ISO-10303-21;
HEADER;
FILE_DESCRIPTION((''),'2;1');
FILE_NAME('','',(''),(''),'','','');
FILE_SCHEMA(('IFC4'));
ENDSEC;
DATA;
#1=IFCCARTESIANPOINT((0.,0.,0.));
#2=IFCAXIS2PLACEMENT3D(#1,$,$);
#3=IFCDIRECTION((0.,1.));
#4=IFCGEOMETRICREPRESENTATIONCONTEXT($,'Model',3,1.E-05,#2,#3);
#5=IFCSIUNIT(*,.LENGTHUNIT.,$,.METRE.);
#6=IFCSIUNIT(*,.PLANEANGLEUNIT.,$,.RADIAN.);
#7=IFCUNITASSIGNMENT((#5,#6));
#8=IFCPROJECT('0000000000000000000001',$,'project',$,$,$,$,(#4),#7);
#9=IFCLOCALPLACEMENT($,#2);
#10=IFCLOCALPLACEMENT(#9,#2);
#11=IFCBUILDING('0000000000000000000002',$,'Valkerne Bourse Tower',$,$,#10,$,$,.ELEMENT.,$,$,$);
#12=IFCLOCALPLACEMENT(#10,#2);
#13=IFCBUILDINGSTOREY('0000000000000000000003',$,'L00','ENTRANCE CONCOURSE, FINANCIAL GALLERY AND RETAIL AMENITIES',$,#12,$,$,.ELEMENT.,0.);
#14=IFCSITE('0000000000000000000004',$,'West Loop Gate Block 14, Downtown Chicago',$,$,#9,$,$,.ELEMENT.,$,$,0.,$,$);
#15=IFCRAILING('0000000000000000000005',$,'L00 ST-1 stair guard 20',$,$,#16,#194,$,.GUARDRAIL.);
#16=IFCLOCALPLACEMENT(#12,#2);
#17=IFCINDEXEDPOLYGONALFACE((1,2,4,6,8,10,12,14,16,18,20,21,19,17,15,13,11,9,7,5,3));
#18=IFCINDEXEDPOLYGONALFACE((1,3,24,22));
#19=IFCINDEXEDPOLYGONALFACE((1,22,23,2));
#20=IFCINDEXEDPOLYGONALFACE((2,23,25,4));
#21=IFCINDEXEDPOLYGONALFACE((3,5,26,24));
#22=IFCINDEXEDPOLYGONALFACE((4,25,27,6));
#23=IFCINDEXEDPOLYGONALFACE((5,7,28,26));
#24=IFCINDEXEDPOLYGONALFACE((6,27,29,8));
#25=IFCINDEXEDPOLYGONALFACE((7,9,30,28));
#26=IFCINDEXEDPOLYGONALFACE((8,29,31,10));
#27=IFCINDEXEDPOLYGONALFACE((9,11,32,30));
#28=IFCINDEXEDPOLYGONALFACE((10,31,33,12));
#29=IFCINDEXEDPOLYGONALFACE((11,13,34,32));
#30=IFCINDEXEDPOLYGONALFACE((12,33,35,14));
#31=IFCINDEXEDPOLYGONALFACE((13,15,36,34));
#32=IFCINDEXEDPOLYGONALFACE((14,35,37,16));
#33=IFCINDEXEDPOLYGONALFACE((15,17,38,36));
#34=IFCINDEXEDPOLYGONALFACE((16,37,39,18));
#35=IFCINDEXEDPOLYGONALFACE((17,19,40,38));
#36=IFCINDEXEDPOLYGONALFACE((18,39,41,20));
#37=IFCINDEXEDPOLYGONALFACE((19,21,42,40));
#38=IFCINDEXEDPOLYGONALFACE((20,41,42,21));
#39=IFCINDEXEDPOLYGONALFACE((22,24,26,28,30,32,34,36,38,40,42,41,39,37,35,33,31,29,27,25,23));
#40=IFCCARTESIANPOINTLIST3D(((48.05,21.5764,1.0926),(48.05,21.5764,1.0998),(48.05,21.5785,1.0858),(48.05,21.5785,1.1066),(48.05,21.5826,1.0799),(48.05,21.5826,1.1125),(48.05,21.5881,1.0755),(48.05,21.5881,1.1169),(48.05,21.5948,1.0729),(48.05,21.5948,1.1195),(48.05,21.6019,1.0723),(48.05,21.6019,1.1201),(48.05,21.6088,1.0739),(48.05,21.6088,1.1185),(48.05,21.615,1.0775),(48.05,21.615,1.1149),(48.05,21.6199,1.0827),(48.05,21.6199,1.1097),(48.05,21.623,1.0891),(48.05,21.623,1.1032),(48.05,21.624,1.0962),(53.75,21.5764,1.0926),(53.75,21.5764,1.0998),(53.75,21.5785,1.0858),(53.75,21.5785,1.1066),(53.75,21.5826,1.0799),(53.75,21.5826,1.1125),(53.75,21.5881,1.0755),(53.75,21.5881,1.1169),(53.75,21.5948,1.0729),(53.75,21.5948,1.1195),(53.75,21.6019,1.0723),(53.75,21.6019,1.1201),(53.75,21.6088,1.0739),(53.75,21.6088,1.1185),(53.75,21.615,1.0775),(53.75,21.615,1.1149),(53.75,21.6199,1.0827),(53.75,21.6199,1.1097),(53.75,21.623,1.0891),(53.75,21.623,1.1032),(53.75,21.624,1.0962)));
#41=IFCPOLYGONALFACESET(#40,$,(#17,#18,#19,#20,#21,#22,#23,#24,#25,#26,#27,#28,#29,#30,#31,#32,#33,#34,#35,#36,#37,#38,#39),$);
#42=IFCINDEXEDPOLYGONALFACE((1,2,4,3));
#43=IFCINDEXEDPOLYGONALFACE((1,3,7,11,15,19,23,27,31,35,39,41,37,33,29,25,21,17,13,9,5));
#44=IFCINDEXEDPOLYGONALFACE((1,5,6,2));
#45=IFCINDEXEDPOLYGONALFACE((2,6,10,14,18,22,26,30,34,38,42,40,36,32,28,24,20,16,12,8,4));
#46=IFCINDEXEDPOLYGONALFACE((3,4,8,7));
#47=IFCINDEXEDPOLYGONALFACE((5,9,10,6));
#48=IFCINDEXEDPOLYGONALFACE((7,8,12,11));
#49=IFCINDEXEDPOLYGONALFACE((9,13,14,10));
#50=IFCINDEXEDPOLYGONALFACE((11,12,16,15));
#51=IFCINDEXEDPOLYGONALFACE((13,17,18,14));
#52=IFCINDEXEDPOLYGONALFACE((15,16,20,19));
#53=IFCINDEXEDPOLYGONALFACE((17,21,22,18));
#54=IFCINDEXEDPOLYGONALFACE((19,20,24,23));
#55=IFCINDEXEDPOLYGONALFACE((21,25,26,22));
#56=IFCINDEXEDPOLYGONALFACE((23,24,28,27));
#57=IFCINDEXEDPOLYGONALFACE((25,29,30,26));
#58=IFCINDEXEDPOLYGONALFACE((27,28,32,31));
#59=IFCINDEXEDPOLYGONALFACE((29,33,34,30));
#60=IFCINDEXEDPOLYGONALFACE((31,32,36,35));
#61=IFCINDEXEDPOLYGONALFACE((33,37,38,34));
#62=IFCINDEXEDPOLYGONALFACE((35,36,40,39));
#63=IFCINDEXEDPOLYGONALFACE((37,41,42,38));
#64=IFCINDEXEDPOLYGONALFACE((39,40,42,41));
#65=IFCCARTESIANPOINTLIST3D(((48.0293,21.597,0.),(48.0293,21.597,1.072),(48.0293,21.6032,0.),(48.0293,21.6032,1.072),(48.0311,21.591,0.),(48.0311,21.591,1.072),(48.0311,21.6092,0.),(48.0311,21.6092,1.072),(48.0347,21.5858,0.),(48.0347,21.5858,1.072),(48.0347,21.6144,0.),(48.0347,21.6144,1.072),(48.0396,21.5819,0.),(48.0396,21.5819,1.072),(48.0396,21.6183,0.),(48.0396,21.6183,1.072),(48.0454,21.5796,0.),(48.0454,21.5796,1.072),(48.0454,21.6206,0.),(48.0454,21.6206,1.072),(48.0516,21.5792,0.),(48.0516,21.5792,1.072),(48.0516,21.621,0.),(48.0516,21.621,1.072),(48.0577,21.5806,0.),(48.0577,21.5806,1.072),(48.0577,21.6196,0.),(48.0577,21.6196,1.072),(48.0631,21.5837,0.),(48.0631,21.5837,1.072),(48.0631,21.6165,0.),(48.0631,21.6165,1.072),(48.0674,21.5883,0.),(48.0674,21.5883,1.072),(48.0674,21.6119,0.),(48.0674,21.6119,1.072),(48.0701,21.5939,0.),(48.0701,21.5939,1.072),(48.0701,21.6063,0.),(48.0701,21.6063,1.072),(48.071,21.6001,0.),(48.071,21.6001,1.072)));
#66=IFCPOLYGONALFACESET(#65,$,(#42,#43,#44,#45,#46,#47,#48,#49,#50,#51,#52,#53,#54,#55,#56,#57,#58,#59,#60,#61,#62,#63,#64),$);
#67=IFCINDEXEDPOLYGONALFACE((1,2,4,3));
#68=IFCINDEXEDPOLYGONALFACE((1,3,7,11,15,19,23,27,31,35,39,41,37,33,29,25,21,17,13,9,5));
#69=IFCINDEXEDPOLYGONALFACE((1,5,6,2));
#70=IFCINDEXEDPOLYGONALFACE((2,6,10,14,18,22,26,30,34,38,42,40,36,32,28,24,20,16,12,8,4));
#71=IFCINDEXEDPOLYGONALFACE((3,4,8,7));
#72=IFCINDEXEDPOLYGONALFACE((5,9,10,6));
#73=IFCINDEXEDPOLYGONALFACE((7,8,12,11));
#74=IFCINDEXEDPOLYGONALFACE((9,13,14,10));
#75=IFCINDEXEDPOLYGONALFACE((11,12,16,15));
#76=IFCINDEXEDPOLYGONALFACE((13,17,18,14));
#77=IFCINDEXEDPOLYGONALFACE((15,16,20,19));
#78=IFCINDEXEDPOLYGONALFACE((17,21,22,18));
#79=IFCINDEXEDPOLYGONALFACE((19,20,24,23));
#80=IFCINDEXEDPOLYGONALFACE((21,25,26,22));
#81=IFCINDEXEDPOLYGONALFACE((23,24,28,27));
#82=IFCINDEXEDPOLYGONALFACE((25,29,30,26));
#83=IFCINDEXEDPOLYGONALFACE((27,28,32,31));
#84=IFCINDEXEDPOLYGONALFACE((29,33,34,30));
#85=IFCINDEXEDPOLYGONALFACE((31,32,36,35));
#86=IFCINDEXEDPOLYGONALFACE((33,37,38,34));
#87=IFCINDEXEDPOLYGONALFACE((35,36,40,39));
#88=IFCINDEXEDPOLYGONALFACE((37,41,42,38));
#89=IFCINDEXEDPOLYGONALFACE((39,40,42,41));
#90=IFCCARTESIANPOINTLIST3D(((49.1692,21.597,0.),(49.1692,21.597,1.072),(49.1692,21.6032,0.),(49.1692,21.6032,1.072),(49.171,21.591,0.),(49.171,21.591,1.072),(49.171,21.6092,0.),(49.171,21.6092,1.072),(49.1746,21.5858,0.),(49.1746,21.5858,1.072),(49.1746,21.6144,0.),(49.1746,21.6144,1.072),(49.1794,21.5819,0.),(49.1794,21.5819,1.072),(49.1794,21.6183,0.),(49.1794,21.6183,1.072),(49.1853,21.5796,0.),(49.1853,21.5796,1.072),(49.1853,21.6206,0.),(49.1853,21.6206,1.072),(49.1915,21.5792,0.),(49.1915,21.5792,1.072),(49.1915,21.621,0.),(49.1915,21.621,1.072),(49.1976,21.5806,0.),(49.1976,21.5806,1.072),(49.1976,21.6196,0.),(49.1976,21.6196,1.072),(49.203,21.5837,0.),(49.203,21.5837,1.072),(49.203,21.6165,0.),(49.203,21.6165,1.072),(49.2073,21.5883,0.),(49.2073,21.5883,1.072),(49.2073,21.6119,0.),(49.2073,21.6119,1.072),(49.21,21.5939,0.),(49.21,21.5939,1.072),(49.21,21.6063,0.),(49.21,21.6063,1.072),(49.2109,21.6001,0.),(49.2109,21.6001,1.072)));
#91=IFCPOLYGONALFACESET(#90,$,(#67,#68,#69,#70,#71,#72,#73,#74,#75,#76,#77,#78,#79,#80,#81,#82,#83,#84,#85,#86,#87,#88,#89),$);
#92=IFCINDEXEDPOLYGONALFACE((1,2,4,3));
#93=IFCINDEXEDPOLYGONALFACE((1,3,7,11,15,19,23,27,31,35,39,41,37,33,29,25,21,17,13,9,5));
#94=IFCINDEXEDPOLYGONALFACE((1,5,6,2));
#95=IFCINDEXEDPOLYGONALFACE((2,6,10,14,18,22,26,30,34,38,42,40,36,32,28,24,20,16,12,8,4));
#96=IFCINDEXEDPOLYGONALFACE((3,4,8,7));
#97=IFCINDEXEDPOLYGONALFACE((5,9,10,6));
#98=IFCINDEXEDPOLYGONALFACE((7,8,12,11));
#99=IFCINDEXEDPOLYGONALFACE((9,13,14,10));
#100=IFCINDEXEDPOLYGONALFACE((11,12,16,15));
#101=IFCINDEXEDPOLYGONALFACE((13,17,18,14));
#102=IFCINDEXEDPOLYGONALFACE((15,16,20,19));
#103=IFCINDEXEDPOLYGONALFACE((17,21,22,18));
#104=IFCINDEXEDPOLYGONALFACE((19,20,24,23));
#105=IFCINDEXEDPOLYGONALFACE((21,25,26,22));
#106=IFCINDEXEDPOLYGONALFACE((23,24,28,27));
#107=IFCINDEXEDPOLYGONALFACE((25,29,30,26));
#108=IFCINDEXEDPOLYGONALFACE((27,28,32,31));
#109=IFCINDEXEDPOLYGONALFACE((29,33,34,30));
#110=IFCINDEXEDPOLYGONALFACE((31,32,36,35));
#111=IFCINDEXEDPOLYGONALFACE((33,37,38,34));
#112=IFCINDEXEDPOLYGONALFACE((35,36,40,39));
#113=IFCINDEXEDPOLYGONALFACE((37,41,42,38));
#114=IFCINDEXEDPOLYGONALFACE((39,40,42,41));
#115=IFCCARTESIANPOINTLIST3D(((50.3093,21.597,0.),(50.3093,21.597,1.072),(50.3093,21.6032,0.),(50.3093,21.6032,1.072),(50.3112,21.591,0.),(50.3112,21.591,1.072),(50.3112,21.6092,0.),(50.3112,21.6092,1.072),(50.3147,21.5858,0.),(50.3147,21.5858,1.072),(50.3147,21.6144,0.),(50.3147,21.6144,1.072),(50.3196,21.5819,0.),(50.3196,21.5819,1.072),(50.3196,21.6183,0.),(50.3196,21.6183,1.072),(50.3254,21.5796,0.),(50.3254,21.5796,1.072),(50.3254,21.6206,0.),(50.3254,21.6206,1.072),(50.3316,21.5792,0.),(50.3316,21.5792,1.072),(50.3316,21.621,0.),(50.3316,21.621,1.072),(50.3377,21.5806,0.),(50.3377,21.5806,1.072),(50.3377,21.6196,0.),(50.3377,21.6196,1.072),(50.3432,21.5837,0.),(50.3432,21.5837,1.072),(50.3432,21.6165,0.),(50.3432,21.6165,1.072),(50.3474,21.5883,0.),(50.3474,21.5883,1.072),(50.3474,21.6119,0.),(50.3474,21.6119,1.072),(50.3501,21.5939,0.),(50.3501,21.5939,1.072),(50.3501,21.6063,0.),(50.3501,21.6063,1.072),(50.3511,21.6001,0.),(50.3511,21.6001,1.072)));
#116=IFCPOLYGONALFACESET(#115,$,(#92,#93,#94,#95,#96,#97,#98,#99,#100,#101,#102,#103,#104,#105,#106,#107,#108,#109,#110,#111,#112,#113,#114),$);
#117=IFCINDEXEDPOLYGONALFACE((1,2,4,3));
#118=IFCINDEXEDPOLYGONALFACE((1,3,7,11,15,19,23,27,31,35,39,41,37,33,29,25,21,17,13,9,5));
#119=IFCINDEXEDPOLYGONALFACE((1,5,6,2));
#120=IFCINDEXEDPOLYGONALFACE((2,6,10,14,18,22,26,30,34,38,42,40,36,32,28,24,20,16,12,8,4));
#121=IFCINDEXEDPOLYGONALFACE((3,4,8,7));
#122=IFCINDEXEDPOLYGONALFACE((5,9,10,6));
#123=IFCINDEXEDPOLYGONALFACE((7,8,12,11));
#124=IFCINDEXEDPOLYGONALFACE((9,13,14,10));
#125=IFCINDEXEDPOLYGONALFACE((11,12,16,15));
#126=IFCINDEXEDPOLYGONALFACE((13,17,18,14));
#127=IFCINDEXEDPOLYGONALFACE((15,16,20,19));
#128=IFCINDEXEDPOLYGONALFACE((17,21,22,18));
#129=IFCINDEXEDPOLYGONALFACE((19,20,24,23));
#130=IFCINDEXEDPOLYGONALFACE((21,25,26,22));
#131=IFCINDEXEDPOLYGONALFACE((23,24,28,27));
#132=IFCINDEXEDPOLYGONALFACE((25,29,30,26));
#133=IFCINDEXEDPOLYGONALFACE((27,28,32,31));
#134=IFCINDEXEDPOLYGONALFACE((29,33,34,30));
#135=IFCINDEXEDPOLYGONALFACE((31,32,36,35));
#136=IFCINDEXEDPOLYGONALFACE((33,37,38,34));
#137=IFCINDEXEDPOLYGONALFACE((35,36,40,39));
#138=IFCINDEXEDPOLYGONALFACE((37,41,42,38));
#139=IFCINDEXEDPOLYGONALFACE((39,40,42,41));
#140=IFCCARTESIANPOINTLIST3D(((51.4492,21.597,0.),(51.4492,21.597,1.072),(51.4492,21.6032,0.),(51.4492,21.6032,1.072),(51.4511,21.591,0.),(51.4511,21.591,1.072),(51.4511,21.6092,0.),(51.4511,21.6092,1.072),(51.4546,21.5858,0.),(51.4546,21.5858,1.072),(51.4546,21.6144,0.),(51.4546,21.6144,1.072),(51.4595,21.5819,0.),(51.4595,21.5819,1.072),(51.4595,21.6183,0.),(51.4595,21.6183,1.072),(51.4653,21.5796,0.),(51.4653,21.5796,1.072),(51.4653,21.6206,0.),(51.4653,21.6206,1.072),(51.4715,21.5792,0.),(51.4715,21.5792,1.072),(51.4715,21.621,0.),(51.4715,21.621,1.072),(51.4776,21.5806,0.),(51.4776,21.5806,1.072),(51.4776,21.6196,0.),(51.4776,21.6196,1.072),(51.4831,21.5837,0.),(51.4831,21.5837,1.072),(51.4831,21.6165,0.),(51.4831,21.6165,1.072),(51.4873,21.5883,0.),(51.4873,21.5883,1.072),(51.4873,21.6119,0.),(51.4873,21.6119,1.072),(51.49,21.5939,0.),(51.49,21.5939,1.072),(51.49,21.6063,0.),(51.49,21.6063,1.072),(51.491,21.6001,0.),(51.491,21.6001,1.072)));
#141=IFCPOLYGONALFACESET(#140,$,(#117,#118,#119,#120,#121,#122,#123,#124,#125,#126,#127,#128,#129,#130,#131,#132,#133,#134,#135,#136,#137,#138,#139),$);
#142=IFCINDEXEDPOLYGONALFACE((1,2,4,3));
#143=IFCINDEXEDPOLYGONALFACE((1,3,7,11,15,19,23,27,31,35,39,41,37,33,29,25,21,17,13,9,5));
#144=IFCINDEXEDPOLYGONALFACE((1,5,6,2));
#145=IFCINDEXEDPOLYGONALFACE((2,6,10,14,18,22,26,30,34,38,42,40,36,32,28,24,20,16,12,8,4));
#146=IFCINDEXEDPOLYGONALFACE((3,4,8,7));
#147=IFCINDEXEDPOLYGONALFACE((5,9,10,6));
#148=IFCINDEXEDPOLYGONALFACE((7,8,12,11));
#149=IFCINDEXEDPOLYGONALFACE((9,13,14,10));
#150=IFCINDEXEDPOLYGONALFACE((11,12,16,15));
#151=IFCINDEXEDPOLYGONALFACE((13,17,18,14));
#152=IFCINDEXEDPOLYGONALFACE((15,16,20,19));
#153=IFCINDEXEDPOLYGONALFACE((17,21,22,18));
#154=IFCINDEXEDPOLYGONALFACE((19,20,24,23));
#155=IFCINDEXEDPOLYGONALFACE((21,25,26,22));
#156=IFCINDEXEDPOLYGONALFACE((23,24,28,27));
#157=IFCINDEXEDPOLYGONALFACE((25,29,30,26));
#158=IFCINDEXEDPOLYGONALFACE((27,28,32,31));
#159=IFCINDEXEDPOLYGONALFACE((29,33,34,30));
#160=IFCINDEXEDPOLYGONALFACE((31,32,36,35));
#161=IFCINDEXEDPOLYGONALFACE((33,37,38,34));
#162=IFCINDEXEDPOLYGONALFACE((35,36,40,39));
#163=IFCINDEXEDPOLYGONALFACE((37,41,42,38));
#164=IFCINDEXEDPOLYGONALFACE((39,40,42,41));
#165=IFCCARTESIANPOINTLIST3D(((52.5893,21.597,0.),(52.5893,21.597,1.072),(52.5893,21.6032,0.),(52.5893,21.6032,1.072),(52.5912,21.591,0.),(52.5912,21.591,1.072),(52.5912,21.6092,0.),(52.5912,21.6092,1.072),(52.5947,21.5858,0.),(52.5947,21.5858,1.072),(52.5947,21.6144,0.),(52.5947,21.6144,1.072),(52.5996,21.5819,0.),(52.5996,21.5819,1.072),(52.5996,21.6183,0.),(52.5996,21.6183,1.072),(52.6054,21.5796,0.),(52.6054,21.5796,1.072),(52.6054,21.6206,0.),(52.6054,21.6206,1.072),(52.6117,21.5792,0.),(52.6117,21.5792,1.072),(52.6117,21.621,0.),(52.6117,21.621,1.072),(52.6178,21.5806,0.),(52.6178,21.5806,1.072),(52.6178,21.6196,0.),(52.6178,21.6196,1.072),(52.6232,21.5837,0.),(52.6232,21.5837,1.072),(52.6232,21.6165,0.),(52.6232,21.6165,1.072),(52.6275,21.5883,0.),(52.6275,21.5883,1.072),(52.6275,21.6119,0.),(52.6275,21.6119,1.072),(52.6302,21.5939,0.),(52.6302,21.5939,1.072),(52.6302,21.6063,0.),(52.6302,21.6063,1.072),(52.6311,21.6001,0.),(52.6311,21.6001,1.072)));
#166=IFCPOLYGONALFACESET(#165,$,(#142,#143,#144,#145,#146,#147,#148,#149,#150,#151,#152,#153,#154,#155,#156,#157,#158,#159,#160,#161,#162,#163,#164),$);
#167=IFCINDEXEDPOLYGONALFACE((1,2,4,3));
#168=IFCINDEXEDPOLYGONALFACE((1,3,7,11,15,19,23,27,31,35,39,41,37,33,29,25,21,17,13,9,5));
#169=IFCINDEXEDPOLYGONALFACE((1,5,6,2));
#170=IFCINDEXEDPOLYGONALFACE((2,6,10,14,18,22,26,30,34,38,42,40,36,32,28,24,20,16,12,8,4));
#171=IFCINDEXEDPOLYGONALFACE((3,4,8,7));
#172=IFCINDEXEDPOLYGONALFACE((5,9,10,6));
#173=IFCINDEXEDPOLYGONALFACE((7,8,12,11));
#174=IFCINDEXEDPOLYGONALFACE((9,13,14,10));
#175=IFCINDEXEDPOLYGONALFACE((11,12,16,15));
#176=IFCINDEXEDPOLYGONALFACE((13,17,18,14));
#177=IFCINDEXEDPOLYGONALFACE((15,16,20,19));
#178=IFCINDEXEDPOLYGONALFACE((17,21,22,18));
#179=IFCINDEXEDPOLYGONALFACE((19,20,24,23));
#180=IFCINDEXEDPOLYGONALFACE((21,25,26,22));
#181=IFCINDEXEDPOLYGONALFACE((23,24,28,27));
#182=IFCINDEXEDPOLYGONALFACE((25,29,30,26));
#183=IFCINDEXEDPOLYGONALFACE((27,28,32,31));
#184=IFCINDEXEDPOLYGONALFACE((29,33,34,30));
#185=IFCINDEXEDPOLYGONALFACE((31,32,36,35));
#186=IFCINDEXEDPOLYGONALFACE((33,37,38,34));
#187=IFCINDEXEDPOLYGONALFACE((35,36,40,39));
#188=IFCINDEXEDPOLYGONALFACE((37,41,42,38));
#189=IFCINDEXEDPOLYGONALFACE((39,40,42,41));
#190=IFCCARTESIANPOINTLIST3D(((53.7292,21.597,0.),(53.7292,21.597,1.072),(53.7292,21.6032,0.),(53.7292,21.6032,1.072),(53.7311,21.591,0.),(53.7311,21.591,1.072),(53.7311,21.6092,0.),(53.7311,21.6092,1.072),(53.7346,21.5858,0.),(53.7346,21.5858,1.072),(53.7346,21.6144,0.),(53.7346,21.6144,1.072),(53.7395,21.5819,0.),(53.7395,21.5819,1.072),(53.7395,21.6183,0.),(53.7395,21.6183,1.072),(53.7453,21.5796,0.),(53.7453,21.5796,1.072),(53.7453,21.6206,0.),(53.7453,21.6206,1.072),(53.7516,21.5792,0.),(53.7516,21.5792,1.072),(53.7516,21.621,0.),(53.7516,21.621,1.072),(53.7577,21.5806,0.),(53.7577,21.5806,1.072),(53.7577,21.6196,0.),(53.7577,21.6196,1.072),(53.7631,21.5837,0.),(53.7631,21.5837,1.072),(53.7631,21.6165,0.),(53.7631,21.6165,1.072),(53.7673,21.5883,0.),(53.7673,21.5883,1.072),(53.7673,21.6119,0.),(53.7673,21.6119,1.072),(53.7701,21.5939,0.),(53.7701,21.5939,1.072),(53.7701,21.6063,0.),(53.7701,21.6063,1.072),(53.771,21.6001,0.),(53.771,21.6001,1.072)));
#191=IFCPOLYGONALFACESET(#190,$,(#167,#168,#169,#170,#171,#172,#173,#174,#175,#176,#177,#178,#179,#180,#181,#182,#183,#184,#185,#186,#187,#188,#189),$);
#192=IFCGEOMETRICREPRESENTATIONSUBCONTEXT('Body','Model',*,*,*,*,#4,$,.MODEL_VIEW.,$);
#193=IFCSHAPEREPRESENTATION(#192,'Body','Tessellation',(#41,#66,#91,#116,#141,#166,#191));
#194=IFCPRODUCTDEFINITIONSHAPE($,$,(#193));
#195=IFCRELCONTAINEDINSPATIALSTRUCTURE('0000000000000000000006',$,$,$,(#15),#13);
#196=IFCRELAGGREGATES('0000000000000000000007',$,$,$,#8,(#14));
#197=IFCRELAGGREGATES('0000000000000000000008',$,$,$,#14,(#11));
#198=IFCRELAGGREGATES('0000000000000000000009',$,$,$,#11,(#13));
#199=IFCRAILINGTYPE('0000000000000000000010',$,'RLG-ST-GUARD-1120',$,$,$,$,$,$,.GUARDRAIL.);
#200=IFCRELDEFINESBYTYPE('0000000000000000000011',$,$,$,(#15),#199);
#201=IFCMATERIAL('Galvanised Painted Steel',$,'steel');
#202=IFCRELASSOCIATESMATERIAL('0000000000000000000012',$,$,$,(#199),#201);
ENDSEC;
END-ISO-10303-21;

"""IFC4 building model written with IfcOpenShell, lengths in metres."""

from ifc_helpers import new_model, si_unit, direction, frame, origin, origin_2d, place, context, subcontext, project, spatial, circle, extrude, material, type_object, element, save


model = new_model("IFC4")

# Units and contexts
model_context = context("Model", 3, precision=1e-05, world=origin(), true_north=direction((0.0, 1.0)))
body_context = subcontext(model_context, "Body", "Model", "MODEL_VIEW")
ifc_project = project(units=[si_unit("LENGTHUNIT", "METRE"), si_unit("PLANEANGLEUNIT", "RADIAN")], contexts=[model_context])

# Site, building, storey
site_placement = place(None, origin())
site = spatial("IfcSite", under=ifc_project, at=site_placement, Name="West Loop Gate Block 14, Downtown Chicago", CompositionType="ELEMENT", RefElevation=0.0)
building_placement = place(site_placement, origin())
building = spatial("IfcBuilding", under=site, at=building_placement, Name="Valkerne Bourse Tower", CompositionType="ELEMENT")
storey_placement = place(building_placement, origin())
storey = spatial("IfcBuildingStorey", under=building, at=storey_placement, Name="L00", Description="ENTRANCE CONCOURSE, FINANCIAL GALLERY AND RETAIL AMENITIES", CompositionType="ELEMENT", Elevation=0.0)

# Shared definitions
ifc_material_1 = material(Name="Galvanised Painted Steel", Category="steel")

# Railing
railing_type = type_object("IfcRailingType", Name="RLG-ST-GUARD-1120", PredefinedType="GUARDRAIL", material=ifc_material_1)
railing_placement = place(storey_placement, frame((48.05, 21.6001, 0.0)))
element("IfcRailing", 1, at=railing_placement, inside=storey, type_object=railing_type, Name="L00 ST-1 stair guard 20", PredefinedType="GUARDRAIL", context=body_context, shape_type="SweptSolid", body=[
    extrude(circle(Radius=0.0239, at=origin_2d()), frame((0.0, 0.0, 1.0962), z_axis=(1.0, 0.0, 0.0), x_axis=(0.0, 1.0, 0.0)), (0.0, 0.0, 1.0), 5.7),
    extrude(circle(Radius=0.021, at=origin_2d()), origin(), (0.0, 0.0, 1.0), 1.072),
    extrude(circle(Radius=0.021, at=origin_2d()), frame((1.1399, 0.0, 0.0)), (0.0, 0.0, 1.0), 1.072),
    extrude(circle(Radius=0.021, at=origin_2d()), frame((2.28, 0.0, 0.0)), (0.0, 0.0, 1.0), 1.072),
    extrude(circle(Radius=0.021, at=origin_2d()), frame((3.4199, 0.0, 0.0)), (0.0, 0.0, 1.0), 1.072),
    extrude(circle(Radius=0.021, at=origin_2d()), frame((4.5601, 0.0, 0.0)), (0.0, 0.0, 1.0), 1.072),
    extrude(circle(Radius=0.021, at=origin_2d()), frame((5.7, 0.0, 0.0)), (0.0, 0.0, 1.0), 1.072),
])

save(model, "model.ifc")
